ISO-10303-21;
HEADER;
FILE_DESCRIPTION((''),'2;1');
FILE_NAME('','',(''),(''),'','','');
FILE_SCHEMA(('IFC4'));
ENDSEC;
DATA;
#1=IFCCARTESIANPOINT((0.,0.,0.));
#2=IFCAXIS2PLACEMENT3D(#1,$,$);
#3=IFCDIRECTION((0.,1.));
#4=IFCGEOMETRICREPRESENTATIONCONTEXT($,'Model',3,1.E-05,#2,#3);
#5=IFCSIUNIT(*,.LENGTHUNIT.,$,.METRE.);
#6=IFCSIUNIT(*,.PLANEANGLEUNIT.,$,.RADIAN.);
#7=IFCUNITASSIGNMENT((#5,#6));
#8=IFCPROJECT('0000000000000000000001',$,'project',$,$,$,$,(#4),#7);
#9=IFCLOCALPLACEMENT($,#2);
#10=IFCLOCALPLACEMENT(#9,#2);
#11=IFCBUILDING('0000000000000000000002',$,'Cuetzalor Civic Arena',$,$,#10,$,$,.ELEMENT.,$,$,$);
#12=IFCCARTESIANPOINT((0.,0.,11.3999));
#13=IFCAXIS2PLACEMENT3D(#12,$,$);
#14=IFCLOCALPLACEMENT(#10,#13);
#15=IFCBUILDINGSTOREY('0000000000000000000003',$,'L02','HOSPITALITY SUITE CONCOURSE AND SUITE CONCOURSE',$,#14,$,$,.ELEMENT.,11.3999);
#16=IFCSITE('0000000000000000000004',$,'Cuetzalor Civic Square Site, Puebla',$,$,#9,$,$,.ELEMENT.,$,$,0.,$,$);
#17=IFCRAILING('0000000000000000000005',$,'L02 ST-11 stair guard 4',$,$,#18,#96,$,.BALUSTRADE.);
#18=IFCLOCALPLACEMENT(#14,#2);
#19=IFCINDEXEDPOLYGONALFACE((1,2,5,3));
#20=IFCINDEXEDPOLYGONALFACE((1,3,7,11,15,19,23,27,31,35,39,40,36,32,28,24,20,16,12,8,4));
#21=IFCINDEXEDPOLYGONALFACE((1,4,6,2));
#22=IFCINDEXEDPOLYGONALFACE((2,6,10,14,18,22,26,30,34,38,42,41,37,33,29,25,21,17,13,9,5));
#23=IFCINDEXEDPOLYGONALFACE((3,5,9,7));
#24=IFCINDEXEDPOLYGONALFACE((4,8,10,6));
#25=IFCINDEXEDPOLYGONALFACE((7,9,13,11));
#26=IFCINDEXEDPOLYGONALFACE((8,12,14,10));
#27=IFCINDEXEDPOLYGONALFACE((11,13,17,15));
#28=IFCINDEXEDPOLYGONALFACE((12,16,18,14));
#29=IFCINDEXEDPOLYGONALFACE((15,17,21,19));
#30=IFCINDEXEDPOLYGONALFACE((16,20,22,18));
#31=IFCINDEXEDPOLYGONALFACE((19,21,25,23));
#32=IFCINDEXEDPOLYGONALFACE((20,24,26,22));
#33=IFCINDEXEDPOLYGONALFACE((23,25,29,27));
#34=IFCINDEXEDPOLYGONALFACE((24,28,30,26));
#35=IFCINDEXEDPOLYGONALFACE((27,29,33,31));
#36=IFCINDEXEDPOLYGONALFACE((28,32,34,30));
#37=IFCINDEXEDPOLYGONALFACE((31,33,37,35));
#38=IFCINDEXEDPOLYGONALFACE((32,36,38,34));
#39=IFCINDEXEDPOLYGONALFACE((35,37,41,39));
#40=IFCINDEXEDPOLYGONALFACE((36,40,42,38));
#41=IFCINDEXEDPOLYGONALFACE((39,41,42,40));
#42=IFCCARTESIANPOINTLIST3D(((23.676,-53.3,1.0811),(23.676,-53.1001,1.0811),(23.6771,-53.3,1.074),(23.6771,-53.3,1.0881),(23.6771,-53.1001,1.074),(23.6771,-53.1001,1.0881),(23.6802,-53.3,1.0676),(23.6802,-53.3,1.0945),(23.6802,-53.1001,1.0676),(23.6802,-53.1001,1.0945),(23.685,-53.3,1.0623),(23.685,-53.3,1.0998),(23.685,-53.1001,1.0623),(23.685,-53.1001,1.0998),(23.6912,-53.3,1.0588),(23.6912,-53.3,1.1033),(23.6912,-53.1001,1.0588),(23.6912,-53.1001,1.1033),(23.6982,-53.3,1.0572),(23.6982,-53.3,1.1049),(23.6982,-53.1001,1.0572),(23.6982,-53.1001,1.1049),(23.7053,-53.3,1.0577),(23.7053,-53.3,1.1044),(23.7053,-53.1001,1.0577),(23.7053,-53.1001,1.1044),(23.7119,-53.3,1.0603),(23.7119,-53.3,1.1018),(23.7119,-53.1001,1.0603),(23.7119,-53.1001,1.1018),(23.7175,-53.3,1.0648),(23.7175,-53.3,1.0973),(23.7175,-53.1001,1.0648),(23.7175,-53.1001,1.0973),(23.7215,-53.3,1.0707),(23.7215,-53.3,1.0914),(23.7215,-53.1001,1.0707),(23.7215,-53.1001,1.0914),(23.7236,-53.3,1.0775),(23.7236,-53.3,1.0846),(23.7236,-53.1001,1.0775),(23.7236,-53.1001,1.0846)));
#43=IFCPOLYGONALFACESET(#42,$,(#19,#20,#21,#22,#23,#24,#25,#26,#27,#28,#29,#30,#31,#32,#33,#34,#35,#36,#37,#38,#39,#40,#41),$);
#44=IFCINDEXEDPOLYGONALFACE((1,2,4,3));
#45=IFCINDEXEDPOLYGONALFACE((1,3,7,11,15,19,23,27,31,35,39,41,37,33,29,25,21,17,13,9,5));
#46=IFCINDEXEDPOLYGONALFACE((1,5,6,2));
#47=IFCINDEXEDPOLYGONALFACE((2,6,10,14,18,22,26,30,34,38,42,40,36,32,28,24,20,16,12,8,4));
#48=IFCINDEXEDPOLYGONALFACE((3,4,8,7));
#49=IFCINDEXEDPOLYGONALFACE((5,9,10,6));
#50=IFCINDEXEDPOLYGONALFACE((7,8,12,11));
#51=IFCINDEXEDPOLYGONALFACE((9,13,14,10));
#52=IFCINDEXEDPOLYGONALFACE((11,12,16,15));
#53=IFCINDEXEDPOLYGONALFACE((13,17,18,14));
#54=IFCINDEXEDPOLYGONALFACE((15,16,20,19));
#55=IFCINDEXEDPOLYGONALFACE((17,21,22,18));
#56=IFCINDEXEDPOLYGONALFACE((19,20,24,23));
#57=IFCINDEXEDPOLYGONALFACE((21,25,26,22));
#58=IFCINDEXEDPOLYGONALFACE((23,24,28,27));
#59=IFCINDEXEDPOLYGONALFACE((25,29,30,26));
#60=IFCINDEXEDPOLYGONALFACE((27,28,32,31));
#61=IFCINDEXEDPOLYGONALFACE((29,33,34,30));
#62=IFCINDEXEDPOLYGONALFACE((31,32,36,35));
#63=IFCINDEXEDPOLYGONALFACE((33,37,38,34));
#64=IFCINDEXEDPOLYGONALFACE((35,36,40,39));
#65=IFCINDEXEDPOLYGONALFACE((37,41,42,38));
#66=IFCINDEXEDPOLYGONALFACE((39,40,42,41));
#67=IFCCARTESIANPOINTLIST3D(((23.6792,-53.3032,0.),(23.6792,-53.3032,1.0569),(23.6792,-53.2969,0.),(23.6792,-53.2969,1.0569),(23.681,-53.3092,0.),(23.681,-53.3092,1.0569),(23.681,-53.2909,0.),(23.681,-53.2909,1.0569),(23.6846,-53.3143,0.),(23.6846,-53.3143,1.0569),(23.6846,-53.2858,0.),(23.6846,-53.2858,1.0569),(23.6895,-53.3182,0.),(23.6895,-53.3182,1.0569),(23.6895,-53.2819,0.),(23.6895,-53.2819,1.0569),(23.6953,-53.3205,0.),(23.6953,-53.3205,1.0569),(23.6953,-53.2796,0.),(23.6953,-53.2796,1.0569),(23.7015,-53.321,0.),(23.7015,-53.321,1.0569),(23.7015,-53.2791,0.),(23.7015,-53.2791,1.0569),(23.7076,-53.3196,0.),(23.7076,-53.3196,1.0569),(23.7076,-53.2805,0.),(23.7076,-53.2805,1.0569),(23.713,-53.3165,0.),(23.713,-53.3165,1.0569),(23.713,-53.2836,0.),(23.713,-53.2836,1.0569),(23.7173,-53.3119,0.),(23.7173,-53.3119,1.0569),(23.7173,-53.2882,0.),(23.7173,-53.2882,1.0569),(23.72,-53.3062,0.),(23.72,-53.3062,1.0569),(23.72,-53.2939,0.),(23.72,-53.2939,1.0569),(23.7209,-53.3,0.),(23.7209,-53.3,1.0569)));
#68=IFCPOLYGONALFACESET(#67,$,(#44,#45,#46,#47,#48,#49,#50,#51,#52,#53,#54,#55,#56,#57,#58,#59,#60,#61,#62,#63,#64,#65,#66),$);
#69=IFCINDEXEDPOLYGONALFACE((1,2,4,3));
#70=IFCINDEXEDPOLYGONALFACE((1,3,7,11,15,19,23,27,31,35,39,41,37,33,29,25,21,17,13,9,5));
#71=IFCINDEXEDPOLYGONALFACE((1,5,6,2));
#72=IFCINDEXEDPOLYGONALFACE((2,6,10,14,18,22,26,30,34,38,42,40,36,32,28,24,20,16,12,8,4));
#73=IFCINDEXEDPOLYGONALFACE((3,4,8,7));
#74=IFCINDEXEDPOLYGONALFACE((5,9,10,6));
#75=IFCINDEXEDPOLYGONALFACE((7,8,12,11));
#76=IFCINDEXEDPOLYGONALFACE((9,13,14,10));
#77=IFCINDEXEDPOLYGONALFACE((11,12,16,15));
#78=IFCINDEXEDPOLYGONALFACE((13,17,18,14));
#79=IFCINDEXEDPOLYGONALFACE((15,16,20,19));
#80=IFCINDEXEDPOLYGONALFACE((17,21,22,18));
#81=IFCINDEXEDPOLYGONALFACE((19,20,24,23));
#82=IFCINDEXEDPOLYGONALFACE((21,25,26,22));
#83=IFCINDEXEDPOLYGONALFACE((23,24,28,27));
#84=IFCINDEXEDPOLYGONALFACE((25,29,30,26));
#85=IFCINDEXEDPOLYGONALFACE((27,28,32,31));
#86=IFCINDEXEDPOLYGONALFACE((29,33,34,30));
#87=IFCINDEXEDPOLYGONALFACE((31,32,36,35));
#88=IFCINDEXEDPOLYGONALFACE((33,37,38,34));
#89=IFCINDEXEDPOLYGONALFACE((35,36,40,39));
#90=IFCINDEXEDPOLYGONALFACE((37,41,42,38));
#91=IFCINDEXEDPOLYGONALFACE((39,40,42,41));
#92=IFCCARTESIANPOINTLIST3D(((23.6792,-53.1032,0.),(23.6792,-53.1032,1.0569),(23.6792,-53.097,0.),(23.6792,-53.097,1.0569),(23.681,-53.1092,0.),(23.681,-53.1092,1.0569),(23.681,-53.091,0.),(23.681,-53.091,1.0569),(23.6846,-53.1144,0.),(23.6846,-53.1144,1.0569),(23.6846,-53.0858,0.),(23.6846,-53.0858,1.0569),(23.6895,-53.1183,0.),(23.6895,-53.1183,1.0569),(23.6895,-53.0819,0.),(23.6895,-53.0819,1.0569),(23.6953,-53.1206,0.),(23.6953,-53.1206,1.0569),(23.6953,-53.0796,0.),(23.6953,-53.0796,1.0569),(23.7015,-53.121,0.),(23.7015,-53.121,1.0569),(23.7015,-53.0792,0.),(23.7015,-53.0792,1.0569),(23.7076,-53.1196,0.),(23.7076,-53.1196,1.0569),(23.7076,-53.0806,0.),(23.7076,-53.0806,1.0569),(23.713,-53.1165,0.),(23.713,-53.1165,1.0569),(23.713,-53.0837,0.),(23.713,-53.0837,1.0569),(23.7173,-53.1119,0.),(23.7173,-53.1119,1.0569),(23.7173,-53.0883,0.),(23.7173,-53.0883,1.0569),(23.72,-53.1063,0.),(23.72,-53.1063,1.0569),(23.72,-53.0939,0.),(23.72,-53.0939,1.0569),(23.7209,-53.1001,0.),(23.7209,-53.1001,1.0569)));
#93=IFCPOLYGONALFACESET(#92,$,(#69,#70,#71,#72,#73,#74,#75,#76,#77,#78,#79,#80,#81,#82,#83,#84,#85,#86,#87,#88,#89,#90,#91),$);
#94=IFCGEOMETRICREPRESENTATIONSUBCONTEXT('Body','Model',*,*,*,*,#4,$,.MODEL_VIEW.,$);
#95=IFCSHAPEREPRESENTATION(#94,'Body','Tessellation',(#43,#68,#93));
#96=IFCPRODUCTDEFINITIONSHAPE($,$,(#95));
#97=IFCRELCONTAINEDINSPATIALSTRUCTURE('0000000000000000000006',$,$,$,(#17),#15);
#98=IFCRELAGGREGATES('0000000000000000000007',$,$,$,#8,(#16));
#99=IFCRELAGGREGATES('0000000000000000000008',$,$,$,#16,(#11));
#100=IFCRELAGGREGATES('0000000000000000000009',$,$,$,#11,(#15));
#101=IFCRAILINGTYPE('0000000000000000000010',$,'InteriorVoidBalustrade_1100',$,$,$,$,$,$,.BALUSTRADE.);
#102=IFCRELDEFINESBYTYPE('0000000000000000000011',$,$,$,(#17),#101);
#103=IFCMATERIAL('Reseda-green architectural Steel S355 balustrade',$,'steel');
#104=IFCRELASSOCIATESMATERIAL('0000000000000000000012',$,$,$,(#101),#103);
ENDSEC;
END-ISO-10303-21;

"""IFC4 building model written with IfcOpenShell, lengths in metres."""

from ifc_helpers import new_model, si_unit, direction, frame, origin, origin_2d, place, context, subcontext, project, spatial, circle, extrude, material, type_object, element, save


model = new_model("IFC4")

# Units and contexts
model_context = context("Model", 3, precision=1e-05, world=origin(), true_north=direction((0.0, 1.0)))
body_context = subcontext(model_context, "Body", "Model", "MODEL_VIEW")
ifc_project = project(units=[si_unit("LENGTHUNIT", "METRE"), si_unit("PLANEANGLEUNIT", "RADIAN")], contexts=[model_context])

# Site, building, storey
site_placement = place(None, origin())
site = spatial("IfcSite", under=ifc_project, at=site_placement, Name="Cuetzalor Civic Square Site, Puebla", CompositionType="ELEMENT", RefElevation=0.0)
building_placement = place(site_placement, origin())
building = spatial("IfcBuilding", under=site, at=building_placement, Name="Cuetzalor Civic Arena", CompositionType="ELEMENT")
storey_placement = place(building_placement, frame((0.0, 0.0, 11.3999)))
storey = spatial("IfcBuildingStorey", under=building, at=storey_placement, Name="L02", Description="HOSPITALITY SUITE CONCOURSE AND SUITE CONCOURSE", CompositionType="ELEMENT", Elevation=11.3999)

# Railing
ifc_material_1 = material(Name="Reseda-green architectural Steel S355 balustrade", Category="steel")
railing_type_1 = type_object("IfcRailingType", Name="InteriorVoidBalustrade_1100", PredefinedType="BALUSTRADE", material=ifc_material_1)
railing_1_placement = place(storey_placement, frame((23.7, -53.3, 0.0)))
element("IfcRailing", 1, at=railing_1_placement, inside=storey, type_object=railing_type_1, Name="L02 ST-11 stair guard 4", PredefinedType="BALUSTRADE", context=body_context, shape_type="SweptSolid", body=[
    extrude(circle(Radius=0.0239, at=origin_2d()), frame((0.0, 0.0, 1.0811), z_axis=(0.0, 1.0, 0.0), x_axis=(-1.0, 0.0, 0.0)), (0.0, 0.0, 1.0), 0.2),
    extrude(circle(Radius=0.021, at=origin_2d()), origin(), (0.0, 0.0, 1.0), 1.0569),
    extrude(circle(Radius=0.021, at=origin_2d()), frame((0.0, 0.2, 0.0)), (0.0, 0.0, 1.0), 1.0569),
])

save(model, "model.ifc")
